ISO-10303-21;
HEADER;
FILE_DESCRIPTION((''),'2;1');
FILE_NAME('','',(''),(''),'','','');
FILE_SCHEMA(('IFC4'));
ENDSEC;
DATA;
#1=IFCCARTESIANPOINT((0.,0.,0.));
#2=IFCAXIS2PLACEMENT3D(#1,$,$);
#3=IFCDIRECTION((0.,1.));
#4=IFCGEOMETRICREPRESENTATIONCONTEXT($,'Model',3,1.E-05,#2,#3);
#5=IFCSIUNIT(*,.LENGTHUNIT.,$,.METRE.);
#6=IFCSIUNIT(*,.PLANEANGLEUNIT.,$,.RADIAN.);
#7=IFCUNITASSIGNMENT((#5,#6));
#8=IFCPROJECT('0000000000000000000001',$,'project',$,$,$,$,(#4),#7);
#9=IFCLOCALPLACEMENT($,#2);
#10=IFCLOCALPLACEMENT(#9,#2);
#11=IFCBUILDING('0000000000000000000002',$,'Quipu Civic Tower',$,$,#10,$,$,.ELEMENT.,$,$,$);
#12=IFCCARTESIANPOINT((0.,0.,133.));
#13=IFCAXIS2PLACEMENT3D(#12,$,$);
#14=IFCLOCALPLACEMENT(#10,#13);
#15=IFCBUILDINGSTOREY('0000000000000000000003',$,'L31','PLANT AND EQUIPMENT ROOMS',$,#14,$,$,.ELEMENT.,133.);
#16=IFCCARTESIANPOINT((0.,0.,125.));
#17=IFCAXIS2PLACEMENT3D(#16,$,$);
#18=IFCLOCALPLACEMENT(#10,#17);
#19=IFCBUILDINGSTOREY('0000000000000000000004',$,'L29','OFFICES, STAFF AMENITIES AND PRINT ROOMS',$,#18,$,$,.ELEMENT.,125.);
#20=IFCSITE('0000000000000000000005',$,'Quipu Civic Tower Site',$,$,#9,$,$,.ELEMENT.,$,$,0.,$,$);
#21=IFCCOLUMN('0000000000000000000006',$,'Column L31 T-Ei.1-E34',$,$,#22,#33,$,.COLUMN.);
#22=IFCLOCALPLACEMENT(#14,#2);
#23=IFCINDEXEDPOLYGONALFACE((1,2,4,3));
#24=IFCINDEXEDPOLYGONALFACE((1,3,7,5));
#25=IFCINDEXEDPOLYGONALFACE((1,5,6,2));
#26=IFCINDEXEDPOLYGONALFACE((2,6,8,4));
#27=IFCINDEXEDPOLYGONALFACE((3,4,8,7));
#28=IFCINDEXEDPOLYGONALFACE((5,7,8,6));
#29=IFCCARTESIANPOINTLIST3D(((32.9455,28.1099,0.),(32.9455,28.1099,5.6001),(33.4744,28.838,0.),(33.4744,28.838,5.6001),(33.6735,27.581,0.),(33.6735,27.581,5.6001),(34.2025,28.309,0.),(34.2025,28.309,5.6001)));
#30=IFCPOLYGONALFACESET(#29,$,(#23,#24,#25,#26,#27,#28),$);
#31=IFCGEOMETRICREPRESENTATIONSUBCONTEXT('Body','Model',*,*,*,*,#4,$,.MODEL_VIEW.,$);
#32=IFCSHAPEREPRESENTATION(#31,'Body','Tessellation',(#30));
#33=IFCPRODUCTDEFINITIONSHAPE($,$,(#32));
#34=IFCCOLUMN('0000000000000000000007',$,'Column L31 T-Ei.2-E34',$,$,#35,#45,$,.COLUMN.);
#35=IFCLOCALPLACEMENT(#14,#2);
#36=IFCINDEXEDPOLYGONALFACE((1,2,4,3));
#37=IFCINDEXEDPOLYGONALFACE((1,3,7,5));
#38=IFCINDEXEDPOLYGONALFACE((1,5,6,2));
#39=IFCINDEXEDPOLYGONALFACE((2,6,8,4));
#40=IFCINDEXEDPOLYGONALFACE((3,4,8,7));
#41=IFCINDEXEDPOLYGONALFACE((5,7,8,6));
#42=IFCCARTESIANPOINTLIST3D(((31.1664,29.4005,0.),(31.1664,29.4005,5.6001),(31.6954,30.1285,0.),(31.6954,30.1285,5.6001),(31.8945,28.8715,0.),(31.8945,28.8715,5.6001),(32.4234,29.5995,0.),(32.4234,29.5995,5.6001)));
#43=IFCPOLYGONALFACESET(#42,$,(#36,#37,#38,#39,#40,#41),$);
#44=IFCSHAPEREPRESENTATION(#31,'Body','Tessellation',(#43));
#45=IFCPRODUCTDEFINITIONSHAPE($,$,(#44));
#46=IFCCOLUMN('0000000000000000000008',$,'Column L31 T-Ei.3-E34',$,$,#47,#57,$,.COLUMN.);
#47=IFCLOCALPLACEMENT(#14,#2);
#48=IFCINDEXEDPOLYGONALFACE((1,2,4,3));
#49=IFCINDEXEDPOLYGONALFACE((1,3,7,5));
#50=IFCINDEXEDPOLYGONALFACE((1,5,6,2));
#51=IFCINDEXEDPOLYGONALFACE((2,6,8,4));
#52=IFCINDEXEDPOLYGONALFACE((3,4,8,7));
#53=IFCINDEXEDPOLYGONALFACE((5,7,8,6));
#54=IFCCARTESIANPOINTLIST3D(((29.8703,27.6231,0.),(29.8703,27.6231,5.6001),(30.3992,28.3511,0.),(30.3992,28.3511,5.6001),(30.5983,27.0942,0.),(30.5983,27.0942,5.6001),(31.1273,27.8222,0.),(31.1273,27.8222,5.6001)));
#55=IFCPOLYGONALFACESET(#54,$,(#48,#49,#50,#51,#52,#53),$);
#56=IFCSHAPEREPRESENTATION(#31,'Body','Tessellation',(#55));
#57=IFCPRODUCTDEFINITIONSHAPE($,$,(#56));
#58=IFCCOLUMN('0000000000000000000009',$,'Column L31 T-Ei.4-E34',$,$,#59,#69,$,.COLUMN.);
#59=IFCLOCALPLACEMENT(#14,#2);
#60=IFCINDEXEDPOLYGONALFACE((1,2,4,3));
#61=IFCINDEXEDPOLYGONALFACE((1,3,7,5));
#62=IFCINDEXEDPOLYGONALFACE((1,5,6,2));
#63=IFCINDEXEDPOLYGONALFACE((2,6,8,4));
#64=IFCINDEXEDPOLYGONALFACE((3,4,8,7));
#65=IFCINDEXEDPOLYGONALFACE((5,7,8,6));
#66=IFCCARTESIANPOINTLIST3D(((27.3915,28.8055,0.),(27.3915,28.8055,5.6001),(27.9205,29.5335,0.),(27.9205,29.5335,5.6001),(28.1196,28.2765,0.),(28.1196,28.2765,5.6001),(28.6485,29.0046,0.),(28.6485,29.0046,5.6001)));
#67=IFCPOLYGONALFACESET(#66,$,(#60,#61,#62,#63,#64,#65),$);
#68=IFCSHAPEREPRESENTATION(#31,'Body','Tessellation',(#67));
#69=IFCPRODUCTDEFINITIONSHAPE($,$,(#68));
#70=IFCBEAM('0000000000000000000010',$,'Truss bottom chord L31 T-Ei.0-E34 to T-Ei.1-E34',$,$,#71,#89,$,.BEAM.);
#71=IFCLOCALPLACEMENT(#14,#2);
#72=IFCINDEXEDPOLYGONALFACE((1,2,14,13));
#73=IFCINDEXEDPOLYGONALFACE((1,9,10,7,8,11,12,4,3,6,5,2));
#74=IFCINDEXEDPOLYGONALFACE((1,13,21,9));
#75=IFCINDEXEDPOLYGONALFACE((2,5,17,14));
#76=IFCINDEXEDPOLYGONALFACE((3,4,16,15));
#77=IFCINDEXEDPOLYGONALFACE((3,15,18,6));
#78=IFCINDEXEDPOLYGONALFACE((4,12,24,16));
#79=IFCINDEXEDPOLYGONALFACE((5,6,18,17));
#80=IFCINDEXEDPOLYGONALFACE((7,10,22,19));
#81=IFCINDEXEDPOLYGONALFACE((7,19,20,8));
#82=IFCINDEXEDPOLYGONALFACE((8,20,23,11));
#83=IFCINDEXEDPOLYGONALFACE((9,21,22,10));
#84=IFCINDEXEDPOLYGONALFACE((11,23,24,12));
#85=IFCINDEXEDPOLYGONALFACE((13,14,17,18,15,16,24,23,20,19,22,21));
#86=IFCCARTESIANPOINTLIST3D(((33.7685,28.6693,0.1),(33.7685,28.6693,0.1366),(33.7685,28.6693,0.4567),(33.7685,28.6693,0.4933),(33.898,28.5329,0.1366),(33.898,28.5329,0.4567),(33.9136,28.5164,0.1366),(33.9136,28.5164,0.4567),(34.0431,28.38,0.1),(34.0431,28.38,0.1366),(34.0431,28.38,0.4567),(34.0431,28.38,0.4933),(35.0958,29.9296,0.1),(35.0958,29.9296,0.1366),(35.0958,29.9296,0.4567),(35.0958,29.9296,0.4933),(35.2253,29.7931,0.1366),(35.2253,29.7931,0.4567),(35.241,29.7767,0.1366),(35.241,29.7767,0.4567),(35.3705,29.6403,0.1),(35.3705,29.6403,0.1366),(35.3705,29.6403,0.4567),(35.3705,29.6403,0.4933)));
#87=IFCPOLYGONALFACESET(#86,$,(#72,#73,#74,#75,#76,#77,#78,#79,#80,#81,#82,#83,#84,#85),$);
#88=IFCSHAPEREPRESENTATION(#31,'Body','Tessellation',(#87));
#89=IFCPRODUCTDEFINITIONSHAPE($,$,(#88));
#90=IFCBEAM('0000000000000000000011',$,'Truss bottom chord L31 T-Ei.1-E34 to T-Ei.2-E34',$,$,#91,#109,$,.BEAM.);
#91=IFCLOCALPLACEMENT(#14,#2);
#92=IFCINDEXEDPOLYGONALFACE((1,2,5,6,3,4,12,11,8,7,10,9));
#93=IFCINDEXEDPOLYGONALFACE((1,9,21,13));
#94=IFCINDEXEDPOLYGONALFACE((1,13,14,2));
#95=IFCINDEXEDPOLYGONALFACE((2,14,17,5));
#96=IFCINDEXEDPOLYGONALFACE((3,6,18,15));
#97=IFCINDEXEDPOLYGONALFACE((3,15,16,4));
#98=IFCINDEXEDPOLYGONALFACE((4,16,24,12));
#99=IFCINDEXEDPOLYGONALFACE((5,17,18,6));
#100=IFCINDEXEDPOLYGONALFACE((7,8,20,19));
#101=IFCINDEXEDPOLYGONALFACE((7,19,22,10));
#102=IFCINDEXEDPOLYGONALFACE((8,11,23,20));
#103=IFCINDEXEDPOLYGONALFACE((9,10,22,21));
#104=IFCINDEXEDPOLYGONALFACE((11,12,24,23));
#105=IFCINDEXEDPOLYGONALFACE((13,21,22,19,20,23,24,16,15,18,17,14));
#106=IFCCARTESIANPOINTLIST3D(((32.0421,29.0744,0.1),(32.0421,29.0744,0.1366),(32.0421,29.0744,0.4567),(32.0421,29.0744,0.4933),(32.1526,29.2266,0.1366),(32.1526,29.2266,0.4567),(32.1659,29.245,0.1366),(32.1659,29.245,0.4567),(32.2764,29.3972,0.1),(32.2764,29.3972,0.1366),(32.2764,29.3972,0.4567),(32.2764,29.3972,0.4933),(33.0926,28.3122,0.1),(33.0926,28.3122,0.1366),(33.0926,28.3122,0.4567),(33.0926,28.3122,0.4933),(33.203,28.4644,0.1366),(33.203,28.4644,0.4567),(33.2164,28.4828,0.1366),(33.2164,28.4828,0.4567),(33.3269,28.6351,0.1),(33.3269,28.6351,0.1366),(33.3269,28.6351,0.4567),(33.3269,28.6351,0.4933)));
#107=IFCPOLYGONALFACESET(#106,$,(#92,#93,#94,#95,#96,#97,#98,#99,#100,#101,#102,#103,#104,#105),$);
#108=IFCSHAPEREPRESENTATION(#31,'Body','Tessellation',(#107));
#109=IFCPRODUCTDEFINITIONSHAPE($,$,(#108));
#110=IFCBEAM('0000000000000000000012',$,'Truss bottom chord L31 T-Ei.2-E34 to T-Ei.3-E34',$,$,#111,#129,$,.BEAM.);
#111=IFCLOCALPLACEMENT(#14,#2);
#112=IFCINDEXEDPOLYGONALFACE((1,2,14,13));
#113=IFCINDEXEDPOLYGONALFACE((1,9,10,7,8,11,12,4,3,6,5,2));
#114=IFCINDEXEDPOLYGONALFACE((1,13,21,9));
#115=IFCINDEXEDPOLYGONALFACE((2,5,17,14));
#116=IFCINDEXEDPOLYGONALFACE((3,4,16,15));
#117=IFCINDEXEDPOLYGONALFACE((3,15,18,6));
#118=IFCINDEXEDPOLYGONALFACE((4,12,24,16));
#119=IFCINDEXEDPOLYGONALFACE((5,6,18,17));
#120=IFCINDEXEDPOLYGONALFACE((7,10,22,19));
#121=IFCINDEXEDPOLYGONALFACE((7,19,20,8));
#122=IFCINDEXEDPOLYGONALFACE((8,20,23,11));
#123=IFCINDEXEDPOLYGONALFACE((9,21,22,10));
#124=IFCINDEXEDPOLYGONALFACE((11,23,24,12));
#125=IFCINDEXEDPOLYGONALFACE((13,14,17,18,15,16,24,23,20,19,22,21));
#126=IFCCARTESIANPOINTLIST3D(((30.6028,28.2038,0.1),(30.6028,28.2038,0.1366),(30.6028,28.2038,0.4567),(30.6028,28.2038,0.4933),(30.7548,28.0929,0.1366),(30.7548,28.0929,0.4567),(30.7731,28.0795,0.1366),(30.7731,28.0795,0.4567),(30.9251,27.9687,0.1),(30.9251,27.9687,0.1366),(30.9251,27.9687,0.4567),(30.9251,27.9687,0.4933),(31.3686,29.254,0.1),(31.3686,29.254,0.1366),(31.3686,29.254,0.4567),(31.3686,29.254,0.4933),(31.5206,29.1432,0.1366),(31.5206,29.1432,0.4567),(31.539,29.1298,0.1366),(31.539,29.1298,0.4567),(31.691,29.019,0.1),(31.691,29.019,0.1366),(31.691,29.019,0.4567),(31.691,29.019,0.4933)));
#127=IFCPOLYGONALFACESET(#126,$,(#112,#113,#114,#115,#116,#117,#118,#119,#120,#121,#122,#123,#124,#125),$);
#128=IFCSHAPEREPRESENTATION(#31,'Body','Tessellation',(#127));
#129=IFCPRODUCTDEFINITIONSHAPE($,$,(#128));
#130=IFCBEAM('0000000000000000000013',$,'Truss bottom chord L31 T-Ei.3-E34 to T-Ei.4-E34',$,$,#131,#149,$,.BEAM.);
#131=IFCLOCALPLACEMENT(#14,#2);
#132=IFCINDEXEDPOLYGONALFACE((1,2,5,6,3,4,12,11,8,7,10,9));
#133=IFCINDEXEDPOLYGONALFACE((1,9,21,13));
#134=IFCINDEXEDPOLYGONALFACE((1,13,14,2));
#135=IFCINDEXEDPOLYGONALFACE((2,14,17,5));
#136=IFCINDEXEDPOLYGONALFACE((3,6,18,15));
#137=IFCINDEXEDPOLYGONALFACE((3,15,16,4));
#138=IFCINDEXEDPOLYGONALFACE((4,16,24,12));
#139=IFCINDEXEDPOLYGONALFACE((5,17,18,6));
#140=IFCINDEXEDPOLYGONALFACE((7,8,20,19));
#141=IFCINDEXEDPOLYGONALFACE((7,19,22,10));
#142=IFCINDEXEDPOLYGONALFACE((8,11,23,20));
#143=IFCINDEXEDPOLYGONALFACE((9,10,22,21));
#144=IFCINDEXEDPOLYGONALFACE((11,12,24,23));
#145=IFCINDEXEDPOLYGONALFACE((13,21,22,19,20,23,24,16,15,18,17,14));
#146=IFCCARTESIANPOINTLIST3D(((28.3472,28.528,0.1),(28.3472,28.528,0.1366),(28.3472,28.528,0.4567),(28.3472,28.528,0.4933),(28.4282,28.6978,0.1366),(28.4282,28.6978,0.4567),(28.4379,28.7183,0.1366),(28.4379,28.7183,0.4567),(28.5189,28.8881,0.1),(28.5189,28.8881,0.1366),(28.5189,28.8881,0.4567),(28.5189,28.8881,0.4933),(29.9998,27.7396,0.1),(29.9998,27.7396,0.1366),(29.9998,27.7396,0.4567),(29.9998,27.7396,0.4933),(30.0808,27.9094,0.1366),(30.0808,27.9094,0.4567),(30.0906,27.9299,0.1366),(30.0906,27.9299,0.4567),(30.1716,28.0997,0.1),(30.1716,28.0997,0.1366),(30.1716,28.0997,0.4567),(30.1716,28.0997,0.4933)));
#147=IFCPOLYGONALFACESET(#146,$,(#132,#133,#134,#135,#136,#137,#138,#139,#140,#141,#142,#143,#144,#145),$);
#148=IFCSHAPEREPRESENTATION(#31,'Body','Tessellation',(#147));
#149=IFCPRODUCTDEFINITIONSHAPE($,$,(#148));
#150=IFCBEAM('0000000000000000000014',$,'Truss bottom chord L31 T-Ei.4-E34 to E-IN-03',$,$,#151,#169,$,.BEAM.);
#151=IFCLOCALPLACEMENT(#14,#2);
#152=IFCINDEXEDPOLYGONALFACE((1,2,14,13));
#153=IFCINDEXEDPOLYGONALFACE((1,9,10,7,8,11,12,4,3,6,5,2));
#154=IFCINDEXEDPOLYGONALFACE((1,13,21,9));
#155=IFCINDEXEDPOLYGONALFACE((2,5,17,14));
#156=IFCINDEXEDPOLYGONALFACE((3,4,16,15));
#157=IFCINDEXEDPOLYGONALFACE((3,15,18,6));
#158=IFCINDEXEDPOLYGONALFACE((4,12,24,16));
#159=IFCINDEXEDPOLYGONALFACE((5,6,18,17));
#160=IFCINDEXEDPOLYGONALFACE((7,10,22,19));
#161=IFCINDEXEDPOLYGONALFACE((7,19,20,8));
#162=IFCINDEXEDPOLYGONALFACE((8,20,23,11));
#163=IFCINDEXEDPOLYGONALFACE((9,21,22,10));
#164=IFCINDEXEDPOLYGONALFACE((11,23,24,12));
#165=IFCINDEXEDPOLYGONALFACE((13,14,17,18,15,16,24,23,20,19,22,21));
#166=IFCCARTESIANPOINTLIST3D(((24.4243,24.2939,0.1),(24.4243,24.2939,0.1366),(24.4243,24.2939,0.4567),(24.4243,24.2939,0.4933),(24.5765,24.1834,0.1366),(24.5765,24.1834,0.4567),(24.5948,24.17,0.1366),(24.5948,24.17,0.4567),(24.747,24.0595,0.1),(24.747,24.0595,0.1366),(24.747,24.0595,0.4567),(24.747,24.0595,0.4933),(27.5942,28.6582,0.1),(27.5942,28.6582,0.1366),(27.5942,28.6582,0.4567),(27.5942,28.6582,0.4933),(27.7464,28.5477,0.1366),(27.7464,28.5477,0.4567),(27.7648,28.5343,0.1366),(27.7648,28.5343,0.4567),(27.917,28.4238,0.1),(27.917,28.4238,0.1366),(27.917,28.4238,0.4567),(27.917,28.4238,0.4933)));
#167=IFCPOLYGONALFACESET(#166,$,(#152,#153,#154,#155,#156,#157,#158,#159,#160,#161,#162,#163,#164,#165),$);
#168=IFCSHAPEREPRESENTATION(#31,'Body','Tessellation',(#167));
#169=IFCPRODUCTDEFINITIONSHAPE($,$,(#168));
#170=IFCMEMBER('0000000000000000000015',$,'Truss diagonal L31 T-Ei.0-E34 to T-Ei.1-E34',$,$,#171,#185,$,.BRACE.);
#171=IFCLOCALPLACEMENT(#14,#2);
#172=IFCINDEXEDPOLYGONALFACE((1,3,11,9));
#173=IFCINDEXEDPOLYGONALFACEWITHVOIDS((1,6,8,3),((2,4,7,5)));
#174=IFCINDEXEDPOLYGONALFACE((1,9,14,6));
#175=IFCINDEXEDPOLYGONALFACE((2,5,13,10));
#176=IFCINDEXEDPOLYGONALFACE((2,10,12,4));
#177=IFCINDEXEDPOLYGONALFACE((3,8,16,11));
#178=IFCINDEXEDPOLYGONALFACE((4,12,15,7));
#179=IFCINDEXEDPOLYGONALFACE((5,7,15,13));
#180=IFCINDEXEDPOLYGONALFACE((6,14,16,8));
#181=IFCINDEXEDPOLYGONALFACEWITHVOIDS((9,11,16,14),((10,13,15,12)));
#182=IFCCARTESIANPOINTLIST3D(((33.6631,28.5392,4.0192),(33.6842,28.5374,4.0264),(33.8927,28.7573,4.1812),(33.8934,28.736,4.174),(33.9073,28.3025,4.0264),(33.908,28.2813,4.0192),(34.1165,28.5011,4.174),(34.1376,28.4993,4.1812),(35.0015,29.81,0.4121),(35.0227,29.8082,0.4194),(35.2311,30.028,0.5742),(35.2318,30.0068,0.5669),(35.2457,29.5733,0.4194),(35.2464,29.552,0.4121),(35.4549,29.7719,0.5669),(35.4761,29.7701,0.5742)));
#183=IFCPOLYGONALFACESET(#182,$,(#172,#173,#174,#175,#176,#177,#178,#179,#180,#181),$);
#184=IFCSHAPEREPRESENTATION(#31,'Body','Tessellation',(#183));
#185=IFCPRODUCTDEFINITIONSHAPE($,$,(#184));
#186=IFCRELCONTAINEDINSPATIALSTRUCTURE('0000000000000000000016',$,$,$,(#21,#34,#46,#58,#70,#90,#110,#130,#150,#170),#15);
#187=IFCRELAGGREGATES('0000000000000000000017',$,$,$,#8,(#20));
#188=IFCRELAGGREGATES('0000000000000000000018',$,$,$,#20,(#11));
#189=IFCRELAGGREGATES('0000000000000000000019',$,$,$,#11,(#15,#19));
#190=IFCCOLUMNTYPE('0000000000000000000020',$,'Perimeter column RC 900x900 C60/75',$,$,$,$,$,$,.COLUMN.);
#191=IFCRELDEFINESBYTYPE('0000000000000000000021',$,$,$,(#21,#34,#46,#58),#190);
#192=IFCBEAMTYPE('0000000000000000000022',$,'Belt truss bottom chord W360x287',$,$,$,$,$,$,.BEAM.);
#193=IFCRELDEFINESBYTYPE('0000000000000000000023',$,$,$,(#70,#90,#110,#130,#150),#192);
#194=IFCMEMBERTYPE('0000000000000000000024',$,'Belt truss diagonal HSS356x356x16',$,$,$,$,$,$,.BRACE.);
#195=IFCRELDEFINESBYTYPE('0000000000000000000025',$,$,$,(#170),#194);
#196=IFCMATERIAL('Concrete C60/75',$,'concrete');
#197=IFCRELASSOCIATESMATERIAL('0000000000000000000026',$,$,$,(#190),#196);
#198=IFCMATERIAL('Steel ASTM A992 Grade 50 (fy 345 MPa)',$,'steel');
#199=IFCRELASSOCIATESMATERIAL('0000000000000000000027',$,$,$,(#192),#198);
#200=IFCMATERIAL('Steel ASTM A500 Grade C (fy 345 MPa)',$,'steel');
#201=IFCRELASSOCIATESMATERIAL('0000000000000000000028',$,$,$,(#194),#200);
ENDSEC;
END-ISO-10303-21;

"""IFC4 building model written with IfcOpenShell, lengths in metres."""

from ifc_helpers import new_model, si_unit, direction, frame, origin, origin_2d, place, context, subcontext, project, spatial, rectangle, hollow_rectangle, i_section, extrude, material, material_profile, profile_set, type_object, element, save


model = new_model("IFC4")

# Units and contexts
model_context = context("Model", 3, precision=1e-05, world=origin(), true_north=direction((0.0, 1.0)))
body_context = subcontext(model_context, "Body", "Model", "MODEL_VIEW")
ifc_project = project(units=[si_unit("LENGTHUNIT", "METRE"), si_unit("PLANEANGLEUNIT", "RADIAN")], contexts=[model_context])

# Site, building, storey
site_placement = place(None, origin())
site = spatial("IfcSite", under=ifc_project, at=site_placement, Name="Quipu Civic Tower Site", CompositionType="ELEMENT", RefElevation=0.0)
building_placement = place(site_placement, origin())
building = spatial("IfcBuilding", under=site, at=building_placement, Name="Quipu Civic Tower", CompositionType="ELEMENT")
storey_1_placement = place(building_placement, frame((0.0, 0.0, 133.0)))
storey_1 = spatial("IfcBuildingStorey", under=building, at=storey_1_placement, Name="L31", Description="PLANT AND EQUIPMENT ROOMS", CompositionType="ELEMENT", Elevation=133.0)

# Columns
ifc_material_1 = material(Name="Concrete C60/75", Category="concrete")
ifc_material_profile_1 = material_profile(ifc_material_1, rectangle(XDim=0.8999, YDim=0.8999, at=origin_2d()), Name="RC900x900")
ifc_profile_set_1 = profile_set([ifc_material_profile_1], Name="Concrete C60/75")
column_type = type_object("IfcColumnType", Name="Perimeter column RC 900x900 C60/75", PredefinedType="COLUMN", material=ifc_profile_set_1)
for number, where, z_axis, x_axis, name in (
    (1, (33.574, 28.2095, 0.0), (0.0, 0.0, 1.0), (-0.809017, 0.587785, 0.0), "Column L31 T-Ei.1-E34"),
    (2, (31.7949, 29.5, 0.0), (0.0, 0.0, 1.0), (-0.587785, -0.809017, 0.0), "Column L31 T-Ei.2-E34"),
    (3, (30.4988, 27.7227, 0.0), (0.0, 0.0, 1.0), (-0.809017, 0.587785, 0.0), "Column L31 T-Ei.3-E34"),
    (4, (28.02, 28.905, 0.0), (0.0, 0.0, 1.0), (-0.809017, 0.587785, 0.0), "Column L31 T-Ei.4-E34"),
):
    element("IfcColumn", number, at=place(storey_1_placement, frame(where, z_axis=z_axis, x_axis=x_axis)), inside=storey_1, type_object=column_type, Name=name, PredefinedType="COLUMN", context=body_context, shape_type="SweptSolid", body=[
        extrude(rectangle(XDim=0.8999, YDim=0.8999, at=origin_2d()), origin(), (0.0, 0.0, 1.0), 5.6001),
    ])

# Beams
ifc_material_2 = material(Name="Steel ASTM A992 Grade 50 (fy 345 MPa)", Category="steel")
ifc_material_profile_2 = material_profile(ifc_material_2, i_section(OverallWidth=0.3989, OverallDepth=0.3933, WebThickness=0.0227, FlangeThickness=0.0366, at=origin_2d()), Name="W360x287")
ifc_profile_set_2 = profile_set([ifc_material_profile_2], Name="Steel ASTM A992 Grade 50 (fy 345 MPa)")
beam_type_1 = type_object("IfcBeamType", Name="Belt truss bottom chord W360x287", PredefinedType="BEAM", material=ifc_profile_set_2)
beam_1_placement = place(storey_1_placement, frame((35.2332, 29.7849, 0.2966), z_axis=(-0.725209, -0.688529, 0.0), x_axis=(0.688529, -0.725209, 0.0)))
element("IfcBeam", 5, at=beam_1_placement, inside=storey_1, type_object=beam_type_1, Name="Truss bottom chord L31 T-Ei.0-E34 to T-Ei.1-E34", PredefinedType="BEAM", context=body_context, shape_type="SweptSolid", body=[
    extrude(i_section(OverallWidth=0.3989, OverallDepth=0.3933, WebThickness=0.0227, FlangeThickness=0.0366, at=origin_2d()), origin(), (0.0, 0.0, 1.0), 1.8303),
])
beam_2_placement = place(storey_1_placement, frame((33.2097, 28.4736, 0.2966), z_axis=(-0.809403, 0.587254, 0.0), x_axis=(-0.587254, -0.809403, 0.0)))
element("IfcBeam", 6, at=beam_2_placement, inside=storey_1, type_object=beam_type_1, Name="Truss bottom chord L31 T-Ei.1-E34 to T-Ei.2-E34", PredefinedType="BEAM", context=body_context, shape_type="SweptSolid", body=[
    extrude(i_section(OverallWidth=0.3989, OverallDepth=0.3933, WebThickness=0.0227, FlangeThickness=0.0366, at=origin_2d()), origin(), (0.0, 0.0, 1.0), 1.2979),
])
beam_3_placement = place(storey_1_placement, frame((31.5298, 29.1365, 0.2966), z_axis=(-0.589187, -0.807996, 0.0), x_axis=(0.807996, -0.589187, 0.0)))
element("IfcBeam", 7, at=beam_3_placement, inside=storey_1, type_object=beam_type_1, Name="Truss bottom chord L31 T-Ei.2-E34 to T-Ei.3-E34", PredefinedType="BEAM", context=body_context, shape_type="SweptSolid", body=[
    extrude(i_section(OverallWidth=0.3989, OverallDepth=0.3933, WebThickness=0.0227, FlangeThickness=0.0366, at=origin_2d()), origin(), (0.0, 0.0, 1.0), 1.2998),
])
beam_4_placement = place(storey_1_placement, frame((30.0857, 27.9197, 0.2966), z_axis=(-0.902567, 0.430549, 0.0), x_axis=(-0.430549, -0.902567, 0.0)))
element("IfcBeam", 8, at=beam_4_placement, inside=storey_1, type_object=beam_type_1, Name="Truss bottom chord L31 T-Ei.3-E34 to T-Ei.4-E34", PredefinedType="BEAM", context=body_context, shape_type="SweptSolid", body=[
    extrude(i_section(OverallWidth=0.3989, OverallDepth=0.3933, WebThickness=0.0227, FlangeThickness=0.0366, at=origin_2d()), origin(), (0.0, 0.0, 1.0), 1.8311),
])
beam_5_placement = place(storey_1_placement, frame((27.7556, 28.541, 0.2966), z_axis=(-0.587676, -0.809096, 0.0), x_axis=(0.809096, -0.587676, 0.0)))
element("IfcBeam", 9, at=beam_5_placement, inside=storey_1, type_object=beam_type_1, Name="Truss bottom chord L31 T-Ei.4-E34 to E-IN-03", PredefinedType="BEAM", context=body_context, shape_type="SweptSolid", body=[
    extrude(i_section(OverallWidth=0.3989, OverallDepth=0.3933, WebThickness=0.0227, FlangeThickness=0.0366, at=origin_2d()), origin(), (0.0, 0.0, 1.0), 5.394),
])

# Member
ifc_material_3 = material(Name="Steel ASTM A500 Grade C (fy 345 MPa)", Category="steel")
ifc_material_profile_3 = material_profile(ifc_material_3, hollow_rectangle(XDim=0.3557, YDim=0.3557, WallThickness=0.0159, at=origin_2d()), Name="HSS356x356x16")
ifc_profile_set_3 = profile_set([ifc_material_profile_3], Name="Steel ASTM A500 Grade C (fy 345 MPa)")
member_type_1 = type_object("IfcMemberType", Name="Belt truss diagonal HSS356x356x16", PredefinedType="BRACE", material=ifc_profile_set_3)
member_1_placement = place(storey_1_placement, frame((35.2388, 29.79, 0.4932), z_axis=(-0.330328, -0.313637, 0.890234), x_axis=(0.688548, -0.725191, 0.0)))
element("IfcMember", 10, at=member_1_placement, inside=storey_1, type_object=member_type_1, Name="Truss diagonal L31 T-Ei.0-E34 to T-Ei.1-E34", PredefinedType="BRACE", context=body_context, shape_type="SweptSolid", body=[
    extrude(hollow_rectangle(XDim=0.3557, YDim=0.3557, WallThickness=0.0159, at=origin_2d()), origin(), (0.0, 0.0, 1.0), 4.0518),
])

# Shared definitions
storey_2_placement = place(building_placement, frame((0.0, 0.0, 125.0)))
storey_2 = spatial("IfcBuildingStorey", under=building, at=storey_2_placement, Name="L29", Description="OFFICES, STAFF AMENITIES AND PRINT ROOMS", CompositionType="ELEMENT", Elevation=125.0)

save(model, "model.ifc")
